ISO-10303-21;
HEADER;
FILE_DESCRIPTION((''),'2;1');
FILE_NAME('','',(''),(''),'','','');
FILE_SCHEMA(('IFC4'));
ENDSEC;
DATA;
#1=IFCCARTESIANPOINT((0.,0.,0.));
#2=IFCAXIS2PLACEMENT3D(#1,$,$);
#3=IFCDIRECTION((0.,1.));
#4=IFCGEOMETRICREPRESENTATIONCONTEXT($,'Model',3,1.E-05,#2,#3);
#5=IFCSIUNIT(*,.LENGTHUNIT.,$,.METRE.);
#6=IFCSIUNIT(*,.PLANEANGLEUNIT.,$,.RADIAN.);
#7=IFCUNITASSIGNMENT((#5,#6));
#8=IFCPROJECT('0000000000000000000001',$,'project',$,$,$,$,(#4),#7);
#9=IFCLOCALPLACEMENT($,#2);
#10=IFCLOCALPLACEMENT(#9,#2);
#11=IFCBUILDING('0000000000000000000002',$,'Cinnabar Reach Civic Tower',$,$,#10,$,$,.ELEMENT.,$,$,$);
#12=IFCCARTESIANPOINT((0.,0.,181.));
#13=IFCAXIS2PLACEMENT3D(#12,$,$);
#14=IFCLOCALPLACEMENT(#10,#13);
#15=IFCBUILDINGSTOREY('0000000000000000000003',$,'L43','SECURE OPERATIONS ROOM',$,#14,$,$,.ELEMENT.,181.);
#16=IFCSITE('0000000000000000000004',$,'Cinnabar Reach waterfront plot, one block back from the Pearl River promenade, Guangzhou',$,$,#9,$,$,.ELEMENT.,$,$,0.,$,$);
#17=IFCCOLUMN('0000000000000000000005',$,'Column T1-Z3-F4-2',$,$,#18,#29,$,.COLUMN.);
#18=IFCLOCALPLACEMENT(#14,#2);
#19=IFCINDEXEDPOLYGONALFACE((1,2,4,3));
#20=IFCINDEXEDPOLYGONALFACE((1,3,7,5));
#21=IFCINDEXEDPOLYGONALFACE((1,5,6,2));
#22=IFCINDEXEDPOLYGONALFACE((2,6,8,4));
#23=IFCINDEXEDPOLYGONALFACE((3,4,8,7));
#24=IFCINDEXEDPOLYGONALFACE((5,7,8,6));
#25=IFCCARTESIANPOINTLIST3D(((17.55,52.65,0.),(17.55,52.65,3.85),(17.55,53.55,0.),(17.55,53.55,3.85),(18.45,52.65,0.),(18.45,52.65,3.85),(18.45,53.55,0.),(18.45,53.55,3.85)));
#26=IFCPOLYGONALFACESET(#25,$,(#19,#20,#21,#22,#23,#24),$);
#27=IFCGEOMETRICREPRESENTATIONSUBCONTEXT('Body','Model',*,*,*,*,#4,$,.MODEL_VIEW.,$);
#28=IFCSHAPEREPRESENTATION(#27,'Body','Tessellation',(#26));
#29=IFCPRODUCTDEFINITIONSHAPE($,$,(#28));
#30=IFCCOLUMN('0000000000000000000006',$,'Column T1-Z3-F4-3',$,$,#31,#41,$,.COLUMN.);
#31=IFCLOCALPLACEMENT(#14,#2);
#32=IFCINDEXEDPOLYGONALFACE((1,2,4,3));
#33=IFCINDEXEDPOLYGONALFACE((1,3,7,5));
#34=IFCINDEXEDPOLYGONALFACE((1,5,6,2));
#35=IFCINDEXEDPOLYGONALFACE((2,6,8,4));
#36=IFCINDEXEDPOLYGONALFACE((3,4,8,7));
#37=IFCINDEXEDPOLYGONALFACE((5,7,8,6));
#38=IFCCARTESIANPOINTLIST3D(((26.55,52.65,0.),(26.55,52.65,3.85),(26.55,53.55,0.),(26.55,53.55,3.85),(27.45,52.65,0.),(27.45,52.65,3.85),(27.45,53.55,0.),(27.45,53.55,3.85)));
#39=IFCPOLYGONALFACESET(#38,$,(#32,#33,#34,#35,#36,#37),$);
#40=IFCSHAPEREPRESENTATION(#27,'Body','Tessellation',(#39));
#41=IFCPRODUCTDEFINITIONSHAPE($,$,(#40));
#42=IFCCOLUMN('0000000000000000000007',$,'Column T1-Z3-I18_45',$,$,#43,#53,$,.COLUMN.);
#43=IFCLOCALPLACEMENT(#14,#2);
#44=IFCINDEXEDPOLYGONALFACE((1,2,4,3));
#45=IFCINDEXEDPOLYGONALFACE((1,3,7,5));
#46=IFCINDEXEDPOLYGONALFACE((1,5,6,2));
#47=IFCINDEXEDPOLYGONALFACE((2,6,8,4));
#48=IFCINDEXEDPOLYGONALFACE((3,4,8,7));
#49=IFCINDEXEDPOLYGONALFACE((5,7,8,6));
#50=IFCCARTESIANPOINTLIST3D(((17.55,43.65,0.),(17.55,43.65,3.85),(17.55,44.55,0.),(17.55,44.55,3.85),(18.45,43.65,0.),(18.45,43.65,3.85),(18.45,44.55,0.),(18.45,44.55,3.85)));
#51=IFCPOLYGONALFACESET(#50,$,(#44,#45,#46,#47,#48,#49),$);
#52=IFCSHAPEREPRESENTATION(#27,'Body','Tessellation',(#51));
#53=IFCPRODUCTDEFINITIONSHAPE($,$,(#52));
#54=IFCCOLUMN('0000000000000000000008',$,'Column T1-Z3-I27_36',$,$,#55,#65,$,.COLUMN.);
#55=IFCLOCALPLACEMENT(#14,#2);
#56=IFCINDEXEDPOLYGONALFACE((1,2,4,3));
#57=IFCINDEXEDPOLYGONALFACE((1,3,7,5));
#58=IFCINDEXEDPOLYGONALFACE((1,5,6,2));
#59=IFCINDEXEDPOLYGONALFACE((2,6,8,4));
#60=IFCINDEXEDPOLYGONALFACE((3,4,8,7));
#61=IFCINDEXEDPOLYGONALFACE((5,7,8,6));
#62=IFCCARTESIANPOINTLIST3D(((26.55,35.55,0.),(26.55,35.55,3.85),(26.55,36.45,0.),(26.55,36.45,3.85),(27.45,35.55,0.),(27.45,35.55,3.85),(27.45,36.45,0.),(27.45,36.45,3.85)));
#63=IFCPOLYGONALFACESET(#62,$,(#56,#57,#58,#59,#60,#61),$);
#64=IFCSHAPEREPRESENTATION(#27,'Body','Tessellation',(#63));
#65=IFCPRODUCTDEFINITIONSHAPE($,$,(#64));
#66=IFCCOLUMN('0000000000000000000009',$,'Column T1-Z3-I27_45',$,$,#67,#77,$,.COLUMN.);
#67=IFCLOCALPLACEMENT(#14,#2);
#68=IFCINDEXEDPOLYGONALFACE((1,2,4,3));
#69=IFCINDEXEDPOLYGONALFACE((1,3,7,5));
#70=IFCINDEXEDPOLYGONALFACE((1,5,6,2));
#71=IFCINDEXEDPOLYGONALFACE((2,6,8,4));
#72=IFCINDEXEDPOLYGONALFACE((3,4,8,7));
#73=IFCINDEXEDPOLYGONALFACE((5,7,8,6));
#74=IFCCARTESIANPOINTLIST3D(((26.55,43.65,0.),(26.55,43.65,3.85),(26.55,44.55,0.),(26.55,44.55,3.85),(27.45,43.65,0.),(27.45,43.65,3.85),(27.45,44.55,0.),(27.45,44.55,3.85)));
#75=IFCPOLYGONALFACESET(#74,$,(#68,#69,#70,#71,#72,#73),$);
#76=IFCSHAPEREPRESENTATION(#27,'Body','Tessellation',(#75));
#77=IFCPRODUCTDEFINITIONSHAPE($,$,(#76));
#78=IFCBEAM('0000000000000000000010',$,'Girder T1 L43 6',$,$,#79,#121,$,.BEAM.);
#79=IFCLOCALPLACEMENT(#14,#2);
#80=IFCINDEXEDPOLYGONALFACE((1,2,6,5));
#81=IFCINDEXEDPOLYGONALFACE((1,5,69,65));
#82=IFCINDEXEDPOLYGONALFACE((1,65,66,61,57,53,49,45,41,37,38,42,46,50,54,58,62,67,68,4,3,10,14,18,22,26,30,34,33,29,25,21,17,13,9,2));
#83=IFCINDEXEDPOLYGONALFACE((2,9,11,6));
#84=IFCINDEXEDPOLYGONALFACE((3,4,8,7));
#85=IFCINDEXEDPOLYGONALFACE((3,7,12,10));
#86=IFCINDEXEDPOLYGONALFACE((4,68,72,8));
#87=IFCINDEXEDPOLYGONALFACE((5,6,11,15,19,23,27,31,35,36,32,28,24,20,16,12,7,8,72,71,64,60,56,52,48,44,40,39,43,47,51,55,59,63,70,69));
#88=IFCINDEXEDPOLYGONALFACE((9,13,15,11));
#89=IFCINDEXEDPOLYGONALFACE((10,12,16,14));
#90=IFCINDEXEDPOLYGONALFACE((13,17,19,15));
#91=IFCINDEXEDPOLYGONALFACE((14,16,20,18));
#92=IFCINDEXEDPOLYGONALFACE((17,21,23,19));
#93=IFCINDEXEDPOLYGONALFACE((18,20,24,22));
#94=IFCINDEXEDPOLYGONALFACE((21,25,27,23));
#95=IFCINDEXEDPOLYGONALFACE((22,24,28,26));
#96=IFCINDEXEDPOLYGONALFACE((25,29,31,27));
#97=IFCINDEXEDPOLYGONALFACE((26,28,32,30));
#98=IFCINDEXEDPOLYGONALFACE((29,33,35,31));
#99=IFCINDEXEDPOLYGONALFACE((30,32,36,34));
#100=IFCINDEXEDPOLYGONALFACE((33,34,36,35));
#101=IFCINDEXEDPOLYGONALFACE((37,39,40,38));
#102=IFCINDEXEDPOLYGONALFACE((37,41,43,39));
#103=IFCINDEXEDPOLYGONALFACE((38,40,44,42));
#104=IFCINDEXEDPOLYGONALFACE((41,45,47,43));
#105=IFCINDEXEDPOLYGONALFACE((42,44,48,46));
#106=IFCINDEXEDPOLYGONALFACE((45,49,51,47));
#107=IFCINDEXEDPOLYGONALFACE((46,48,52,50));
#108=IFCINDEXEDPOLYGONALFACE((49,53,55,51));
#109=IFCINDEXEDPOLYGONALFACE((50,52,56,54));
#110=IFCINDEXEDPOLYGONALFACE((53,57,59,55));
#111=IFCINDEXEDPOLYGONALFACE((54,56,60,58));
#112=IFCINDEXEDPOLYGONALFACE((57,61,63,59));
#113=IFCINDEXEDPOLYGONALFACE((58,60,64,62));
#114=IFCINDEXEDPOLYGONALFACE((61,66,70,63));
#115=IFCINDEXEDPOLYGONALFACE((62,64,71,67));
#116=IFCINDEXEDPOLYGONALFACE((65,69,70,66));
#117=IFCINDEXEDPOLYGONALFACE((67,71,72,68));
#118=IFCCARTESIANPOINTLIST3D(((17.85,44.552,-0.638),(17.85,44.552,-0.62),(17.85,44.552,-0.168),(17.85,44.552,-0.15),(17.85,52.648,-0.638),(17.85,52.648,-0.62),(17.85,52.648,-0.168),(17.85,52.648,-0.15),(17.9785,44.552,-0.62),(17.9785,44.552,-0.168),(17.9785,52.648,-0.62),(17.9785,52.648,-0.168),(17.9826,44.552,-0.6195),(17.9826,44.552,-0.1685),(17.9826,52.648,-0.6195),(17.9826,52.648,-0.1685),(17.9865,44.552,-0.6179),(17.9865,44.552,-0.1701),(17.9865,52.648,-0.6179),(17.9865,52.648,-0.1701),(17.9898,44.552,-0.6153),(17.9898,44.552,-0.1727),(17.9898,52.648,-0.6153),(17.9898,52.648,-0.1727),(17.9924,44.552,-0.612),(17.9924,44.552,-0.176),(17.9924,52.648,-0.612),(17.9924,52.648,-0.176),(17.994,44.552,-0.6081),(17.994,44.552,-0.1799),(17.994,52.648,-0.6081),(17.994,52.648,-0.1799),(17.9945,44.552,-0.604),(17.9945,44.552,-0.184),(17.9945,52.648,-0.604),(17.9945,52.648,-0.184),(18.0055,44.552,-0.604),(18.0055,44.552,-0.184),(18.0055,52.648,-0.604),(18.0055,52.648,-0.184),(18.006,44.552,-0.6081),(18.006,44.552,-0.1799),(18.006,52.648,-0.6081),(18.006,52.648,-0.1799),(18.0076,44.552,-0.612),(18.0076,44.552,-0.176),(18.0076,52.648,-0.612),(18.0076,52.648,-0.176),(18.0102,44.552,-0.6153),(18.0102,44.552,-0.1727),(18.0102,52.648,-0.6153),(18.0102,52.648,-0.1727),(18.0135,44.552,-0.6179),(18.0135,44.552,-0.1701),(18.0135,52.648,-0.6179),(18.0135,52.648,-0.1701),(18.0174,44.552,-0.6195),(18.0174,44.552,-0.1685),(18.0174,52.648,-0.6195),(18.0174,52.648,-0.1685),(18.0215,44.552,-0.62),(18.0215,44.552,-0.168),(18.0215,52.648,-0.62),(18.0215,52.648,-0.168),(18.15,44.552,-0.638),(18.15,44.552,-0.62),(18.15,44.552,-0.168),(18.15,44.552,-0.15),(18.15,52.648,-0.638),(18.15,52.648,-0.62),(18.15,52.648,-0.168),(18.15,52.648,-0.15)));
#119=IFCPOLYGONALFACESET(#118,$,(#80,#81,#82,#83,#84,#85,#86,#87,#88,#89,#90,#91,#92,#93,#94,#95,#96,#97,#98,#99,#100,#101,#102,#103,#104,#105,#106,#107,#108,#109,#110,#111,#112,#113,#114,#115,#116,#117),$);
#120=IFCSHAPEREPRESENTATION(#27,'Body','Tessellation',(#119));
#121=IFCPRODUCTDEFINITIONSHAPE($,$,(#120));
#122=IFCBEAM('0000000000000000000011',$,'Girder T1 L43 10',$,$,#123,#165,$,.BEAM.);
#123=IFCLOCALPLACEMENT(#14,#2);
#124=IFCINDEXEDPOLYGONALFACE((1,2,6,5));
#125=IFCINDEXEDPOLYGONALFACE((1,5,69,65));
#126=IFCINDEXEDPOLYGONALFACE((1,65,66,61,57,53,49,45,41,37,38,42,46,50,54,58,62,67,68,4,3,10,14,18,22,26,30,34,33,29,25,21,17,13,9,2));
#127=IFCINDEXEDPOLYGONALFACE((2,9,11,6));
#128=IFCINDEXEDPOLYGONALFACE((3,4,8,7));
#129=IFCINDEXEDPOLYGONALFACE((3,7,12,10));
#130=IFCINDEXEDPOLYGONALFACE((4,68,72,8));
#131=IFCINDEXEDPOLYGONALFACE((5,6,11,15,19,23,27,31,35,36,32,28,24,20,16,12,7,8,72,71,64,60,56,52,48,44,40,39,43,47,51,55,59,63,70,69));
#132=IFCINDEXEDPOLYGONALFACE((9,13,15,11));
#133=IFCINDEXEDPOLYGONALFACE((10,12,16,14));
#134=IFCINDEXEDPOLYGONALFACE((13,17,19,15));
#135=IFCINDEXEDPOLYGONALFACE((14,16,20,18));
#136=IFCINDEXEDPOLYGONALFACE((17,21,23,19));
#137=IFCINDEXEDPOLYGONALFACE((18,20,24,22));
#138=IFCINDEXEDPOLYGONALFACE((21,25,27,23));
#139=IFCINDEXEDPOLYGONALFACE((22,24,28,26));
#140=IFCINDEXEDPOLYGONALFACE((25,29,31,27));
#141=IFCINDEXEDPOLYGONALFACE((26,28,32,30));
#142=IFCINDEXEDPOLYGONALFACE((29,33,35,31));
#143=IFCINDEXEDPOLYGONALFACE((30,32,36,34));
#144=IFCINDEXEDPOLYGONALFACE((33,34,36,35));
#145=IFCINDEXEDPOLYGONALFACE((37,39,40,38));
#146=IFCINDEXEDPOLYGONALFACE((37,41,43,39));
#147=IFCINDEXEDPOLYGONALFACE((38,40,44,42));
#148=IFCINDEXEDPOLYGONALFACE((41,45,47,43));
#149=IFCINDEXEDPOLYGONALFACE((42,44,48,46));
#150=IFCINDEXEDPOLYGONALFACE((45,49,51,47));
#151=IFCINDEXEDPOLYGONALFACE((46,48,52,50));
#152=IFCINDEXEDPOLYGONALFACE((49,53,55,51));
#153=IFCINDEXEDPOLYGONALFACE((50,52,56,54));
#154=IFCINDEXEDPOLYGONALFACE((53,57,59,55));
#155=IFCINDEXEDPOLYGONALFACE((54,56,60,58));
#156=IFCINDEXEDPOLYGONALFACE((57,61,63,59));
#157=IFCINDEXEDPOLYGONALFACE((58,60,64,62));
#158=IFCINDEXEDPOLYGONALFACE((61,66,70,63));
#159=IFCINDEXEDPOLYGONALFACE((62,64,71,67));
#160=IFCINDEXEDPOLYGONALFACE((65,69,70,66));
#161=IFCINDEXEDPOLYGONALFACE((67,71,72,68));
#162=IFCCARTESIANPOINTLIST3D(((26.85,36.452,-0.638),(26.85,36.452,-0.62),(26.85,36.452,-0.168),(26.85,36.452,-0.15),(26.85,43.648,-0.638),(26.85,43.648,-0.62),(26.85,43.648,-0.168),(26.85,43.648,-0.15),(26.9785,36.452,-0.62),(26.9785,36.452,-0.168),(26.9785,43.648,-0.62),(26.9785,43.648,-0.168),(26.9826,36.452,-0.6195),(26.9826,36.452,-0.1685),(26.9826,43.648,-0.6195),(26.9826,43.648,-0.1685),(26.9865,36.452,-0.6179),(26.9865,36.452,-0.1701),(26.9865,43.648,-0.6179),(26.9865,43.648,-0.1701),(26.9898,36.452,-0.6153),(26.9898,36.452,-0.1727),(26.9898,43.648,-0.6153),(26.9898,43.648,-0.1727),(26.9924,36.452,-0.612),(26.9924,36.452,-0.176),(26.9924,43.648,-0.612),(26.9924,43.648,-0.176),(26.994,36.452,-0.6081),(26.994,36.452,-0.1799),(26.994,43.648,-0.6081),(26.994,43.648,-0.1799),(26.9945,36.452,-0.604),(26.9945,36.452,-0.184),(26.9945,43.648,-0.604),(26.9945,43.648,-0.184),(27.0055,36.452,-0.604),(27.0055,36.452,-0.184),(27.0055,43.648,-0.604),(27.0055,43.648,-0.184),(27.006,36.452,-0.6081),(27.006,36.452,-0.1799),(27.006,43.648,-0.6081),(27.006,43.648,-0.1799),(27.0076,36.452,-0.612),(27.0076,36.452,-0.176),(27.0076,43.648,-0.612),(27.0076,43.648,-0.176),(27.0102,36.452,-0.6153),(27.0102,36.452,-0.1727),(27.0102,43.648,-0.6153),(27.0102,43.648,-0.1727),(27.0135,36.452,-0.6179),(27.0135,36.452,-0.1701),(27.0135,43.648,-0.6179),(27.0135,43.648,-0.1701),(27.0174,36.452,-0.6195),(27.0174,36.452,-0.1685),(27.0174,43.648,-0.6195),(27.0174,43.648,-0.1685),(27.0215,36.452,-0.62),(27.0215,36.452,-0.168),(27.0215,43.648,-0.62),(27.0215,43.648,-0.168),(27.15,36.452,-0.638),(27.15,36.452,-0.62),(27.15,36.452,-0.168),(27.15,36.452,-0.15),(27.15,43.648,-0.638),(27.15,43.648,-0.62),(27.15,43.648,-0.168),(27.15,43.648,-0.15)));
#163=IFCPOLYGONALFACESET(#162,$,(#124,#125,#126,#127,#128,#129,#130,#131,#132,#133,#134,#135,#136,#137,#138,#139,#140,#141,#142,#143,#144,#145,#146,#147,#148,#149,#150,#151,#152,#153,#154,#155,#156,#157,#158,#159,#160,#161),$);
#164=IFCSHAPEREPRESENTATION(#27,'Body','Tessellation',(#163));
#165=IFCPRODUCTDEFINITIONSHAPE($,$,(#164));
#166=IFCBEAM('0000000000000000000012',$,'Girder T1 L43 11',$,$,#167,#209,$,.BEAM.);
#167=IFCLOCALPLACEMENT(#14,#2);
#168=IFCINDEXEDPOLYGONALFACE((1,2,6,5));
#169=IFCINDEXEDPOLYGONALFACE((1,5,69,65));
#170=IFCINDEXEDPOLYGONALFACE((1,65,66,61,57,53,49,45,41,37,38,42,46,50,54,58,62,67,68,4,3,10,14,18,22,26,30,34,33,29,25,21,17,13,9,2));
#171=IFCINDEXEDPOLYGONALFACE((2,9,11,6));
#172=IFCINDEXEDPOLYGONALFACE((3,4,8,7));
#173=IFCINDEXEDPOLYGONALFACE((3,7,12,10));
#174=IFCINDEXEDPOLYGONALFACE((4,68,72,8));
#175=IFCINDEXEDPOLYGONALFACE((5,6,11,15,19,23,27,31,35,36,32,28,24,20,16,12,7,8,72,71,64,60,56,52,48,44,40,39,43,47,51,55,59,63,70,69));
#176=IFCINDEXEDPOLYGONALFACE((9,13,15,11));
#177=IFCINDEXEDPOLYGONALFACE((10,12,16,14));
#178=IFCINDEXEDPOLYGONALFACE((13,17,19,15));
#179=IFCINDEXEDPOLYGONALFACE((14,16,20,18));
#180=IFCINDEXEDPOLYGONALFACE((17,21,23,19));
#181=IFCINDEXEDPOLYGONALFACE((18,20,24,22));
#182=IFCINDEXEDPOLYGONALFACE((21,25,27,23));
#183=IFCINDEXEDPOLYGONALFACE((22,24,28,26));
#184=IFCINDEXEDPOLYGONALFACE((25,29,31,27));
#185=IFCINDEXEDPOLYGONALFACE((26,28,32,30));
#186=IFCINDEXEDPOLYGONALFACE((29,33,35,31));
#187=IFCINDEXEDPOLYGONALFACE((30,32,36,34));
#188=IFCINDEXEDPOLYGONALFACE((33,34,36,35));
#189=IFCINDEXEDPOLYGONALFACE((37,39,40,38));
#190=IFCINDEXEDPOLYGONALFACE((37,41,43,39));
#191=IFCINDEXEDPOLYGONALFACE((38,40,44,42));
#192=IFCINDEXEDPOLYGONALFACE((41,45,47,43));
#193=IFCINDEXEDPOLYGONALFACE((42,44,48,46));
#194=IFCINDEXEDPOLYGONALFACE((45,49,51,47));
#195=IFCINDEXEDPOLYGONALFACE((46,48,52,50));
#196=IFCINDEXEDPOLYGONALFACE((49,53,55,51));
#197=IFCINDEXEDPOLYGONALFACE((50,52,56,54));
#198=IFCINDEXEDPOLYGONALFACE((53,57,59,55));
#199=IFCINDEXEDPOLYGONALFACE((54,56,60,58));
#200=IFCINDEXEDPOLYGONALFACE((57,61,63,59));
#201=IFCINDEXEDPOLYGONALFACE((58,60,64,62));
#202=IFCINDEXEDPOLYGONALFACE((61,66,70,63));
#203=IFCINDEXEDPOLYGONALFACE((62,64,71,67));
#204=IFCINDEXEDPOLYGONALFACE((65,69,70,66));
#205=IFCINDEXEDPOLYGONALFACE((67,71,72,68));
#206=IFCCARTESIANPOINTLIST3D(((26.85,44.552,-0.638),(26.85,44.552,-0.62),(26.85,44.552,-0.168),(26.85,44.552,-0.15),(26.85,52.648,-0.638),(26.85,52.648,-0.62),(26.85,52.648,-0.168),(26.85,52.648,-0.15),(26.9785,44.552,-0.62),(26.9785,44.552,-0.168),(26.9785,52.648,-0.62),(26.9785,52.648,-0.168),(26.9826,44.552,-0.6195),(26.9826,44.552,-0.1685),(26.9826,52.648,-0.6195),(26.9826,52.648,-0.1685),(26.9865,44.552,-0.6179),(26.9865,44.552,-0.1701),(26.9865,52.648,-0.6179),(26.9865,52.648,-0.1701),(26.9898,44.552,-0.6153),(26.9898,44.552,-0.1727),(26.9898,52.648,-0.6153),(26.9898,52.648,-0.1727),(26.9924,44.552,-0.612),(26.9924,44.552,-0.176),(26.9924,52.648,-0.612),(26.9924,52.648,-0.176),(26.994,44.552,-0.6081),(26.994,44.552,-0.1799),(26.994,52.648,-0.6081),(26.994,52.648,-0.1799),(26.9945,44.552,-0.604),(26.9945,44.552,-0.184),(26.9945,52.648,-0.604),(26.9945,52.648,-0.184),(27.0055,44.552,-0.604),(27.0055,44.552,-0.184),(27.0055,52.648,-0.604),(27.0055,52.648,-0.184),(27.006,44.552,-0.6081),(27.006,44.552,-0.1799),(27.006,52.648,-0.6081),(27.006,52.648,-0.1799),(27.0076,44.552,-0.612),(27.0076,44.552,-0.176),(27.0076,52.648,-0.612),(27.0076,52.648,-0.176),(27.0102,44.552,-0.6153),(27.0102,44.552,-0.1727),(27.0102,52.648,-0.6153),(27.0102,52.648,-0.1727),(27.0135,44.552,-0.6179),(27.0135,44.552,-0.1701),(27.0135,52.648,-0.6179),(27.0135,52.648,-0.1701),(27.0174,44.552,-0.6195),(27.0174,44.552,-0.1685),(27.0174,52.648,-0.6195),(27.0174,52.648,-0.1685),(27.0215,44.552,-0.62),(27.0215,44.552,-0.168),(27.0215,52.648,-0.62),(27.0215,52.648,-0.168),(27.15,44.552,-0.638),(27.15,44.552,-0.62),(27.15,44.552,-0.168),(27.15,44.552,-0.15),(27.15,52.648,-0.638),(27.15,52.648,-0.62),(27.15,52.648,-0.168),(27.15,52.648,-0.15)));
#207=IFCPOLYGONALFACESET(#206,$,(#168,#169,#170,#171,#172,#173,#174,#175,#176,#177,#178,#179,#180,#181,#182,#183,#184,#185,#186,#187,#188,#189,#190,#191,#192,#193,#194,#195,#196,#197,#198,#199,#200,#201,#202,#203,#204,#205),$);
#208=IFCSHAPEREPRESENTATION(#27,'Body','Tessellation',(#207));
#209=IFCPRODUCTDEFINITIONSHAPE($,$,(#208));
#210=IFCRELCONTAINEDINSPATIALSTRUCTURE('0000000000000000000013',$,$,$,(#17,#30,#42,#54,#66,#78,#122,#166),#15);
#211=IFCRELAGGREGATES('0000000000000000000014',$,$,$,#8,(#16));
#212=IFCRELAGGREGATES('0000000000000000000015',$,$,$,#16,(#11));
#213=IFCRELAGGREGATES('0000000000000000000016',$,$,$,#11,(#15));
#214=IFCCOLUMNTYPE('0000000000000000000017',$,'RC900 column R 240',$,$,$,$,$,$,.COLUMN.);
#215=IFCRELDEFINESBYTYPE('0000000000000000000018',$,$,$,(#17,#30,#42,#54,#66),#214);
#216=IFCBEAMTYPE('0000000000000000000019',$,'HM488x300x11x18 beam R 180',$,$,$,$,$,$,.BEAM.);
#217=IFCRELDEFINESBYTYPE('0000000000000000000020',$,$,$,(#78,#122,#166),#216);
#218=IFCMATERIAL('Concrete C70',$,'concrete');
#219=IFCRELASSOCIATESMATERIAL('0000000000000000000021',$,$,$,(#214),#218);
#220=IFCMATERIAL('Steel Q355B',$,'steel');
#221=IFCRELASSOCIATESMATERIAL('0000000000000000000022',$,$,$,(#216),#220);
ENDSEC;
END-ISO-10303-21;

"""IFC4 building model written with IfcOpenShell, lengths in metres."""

from ifc_helpers import new_model, si_unit, direction, frame, origin, origin_2d, place, context, subcontext, project, spatial, rectangle, i_section, extrude, material, material_profile, profile_set, type_object, element, save


model = new_model("IFC4")

# Units and contexts
model_context = context("Model", 3, precision=1e-05, world=origin(), true_north=direction((0.0, 1.0)))
body_context = subcontext(model_context, "Body", "Model", "MODEL_VIEW")
ifc_project = project(units=[si_unit("LENGTHUNIT", "METRE"), si_unit("PLANEANGLEUNIT", "RADIAN")], contexts=[model_context])

# Site, building, storey
site_placement = place(None, origin())
site = spatial("IfcSite", under=ifc_project, at=site_placement, Name="Cinnabar Reach waterfront plot, one block back from the Pearl River promenade, Guangzhou", CompositionType="ELEMENT", RefElevation=0.0)
building_placement = place(site_placement, origin())
building = spatial("IfcBuilding", under=site, at=building_placement, Name="Cinnabar Reach Civic Tower", CompositionType="ELEMENT")
storey_placement = place(building_placement, frame((0.0, 0.0, 181.0)))
storey = spatial("IfcBuildingStorey", under=building, at=storey_placement, Name="L43", Description="SECURE OPERATIONS ROOM", CompositionType="ELEMENT", Elevation=181.0)

# Columns
ifc_material_1 = material(Name="Concrete C70", Category="concrete")
ifc_material_profile_1 = material_profile(ifc_material_1, rectangle(XDim=0.9, YDim=0.9, at=origin_2d()), Name="RC900")
ifc_profile_set_1 = profile_set([ifc_material_profile_1], Name="Concrete C70")
column_type = type_object("IfcColumnType", Name="RC900 column R 240", PredefinedType="COLUMN", material=ifc_profile_set_1)
for number, where, z_axis, x_axis, name in (
    (1, (18.0, 53.1, 0.0), (0.0, 0.0, 1.0), (1.0, 0.0, 0.0), "Column T1-Z3-F4-2"),
    (2, (27.0, 53.1, 0.0), (0.0, 0.0, 1.0), (1.0, 0.0, 0.0), "Column T1-Z3-F4-3"),
    (3, (18.0, 44.1, 0.0), (0.0, 0.0, 1.0), (1.0, 0.0, 0.0), "Column T1-Z3-I18_45"),
    (4, (27.0, 36.0, 0.0), (0.0, 0.0, 1.0), (1.0, 0.0, 0.0), "Column T1-Z3-I27_36"),
    (5, (27.0, 44.1, 0.0), (0.0, 0.0, 1.0), (1.0, 0.0, 0.0), "Column T1-Z3-I27_45"),
):
    element("IfcColumn", number, at=place(storey_placement, frame(where, z_axis=z_axis, x_axis=x_axis)), inside=storey, type_object=column_type, Name=name, PredefinedType="COLUMN", context=body_context, shape_type="SweptSolid", body=[
        extrude(rectangle(XDim=0.9, YDim=0.9, at=origin_2d()), origin(), (0.0, 0.0, 1.0), 3.85),
    ])

# Beams
ifc_material_2 = material(Name="Steel Q355B", Category="steel")
ifc_material_profile_2 = material_profile(ifc_material_2, i_section(OverallWidth=0.3, OverallDepth=0.488, WebThickness=0.011, FlangeThickness=0.018, FilletRadius=0.016, at=origin_2d()), Name="HM488x300x11x18")
ifc_profile_set_2 = profile_set([ifc_material_profile_2], Name="Steel Q355B")
beam_type_1 = type_object("IfcBeamType", Name="HM488x300x11x18 beam R 180", PredefinedType="BEAM", material=ifc_profile_set_2)
beam_1_placement = place(storey_placement, frame((18.0, 44.552, -0.394), z_axis=(0.0, 1.0, 0.0), x_axis=(-1.0, 0.0, 0.0)))
element("IfcBeam", 6, at=beam_1_placement, inside=storey, type_object=beam_type_1, Name="Girder T1 L43 6", PredefinedType="BEAM", context=body_context, shape_type="SweptSolid", body=[
    extrude(i_section(OverallWidth=0.3, OverallDepth=0.488, WebThickness=0.011, FlangeThickness=0.018, FilletRadius=0.016, at=origin_2d()), origin(), (0.0, 0.0, 1.0), 8.096),
])
beam_2_placement = place(storey_placement, frame((27.0, 36.452, -0.394), z_axis=(0.0, 1.0, 0.0), x_axis=(-1.0, 0.0, 0.0)))
element("IfcBeam", 7, at=beam_2_placement, inside=storey, type_object=beam_type_1, Name="Girder T1 L43 10", PredefinedType="BEAM", context=body_context, shape_type="SweptSolid", body=[
    extrude(i_section(OverallWidth=0.3, OverallDepth=0.488, WebThickness=0.011, FlangeThickness=0.018, FilletRadius=0.016, at=origin_2d()), origin(), (0.0, 0.0, 1.0), 7.196),
])
beam_3_placement = place(storey_placement, frame((27.0, 44.552, -0.394), z_axis=(0.0, 1.0, 0.0), x_axis=(-1.0, 0.0, 0.0)))
element("IfcBeam", 8, at=beam_3_placement, inside=storey, type_object=beam_type_1, Name="Girder T1 L43 11", PredefinedType="BEAM", context=body_context, shape_type="SweptSolid", body=[
    extrude(i_section(OverallWidth=0.3, OverallDepth=0.488, WebThickness=0.011, FlangeThickness=0.018, FilletRadius=0.016, at=origin_2d()), origin(), (0.0, 0.0, 1.0), 8.096),
])

save(model, "model.ifc")
